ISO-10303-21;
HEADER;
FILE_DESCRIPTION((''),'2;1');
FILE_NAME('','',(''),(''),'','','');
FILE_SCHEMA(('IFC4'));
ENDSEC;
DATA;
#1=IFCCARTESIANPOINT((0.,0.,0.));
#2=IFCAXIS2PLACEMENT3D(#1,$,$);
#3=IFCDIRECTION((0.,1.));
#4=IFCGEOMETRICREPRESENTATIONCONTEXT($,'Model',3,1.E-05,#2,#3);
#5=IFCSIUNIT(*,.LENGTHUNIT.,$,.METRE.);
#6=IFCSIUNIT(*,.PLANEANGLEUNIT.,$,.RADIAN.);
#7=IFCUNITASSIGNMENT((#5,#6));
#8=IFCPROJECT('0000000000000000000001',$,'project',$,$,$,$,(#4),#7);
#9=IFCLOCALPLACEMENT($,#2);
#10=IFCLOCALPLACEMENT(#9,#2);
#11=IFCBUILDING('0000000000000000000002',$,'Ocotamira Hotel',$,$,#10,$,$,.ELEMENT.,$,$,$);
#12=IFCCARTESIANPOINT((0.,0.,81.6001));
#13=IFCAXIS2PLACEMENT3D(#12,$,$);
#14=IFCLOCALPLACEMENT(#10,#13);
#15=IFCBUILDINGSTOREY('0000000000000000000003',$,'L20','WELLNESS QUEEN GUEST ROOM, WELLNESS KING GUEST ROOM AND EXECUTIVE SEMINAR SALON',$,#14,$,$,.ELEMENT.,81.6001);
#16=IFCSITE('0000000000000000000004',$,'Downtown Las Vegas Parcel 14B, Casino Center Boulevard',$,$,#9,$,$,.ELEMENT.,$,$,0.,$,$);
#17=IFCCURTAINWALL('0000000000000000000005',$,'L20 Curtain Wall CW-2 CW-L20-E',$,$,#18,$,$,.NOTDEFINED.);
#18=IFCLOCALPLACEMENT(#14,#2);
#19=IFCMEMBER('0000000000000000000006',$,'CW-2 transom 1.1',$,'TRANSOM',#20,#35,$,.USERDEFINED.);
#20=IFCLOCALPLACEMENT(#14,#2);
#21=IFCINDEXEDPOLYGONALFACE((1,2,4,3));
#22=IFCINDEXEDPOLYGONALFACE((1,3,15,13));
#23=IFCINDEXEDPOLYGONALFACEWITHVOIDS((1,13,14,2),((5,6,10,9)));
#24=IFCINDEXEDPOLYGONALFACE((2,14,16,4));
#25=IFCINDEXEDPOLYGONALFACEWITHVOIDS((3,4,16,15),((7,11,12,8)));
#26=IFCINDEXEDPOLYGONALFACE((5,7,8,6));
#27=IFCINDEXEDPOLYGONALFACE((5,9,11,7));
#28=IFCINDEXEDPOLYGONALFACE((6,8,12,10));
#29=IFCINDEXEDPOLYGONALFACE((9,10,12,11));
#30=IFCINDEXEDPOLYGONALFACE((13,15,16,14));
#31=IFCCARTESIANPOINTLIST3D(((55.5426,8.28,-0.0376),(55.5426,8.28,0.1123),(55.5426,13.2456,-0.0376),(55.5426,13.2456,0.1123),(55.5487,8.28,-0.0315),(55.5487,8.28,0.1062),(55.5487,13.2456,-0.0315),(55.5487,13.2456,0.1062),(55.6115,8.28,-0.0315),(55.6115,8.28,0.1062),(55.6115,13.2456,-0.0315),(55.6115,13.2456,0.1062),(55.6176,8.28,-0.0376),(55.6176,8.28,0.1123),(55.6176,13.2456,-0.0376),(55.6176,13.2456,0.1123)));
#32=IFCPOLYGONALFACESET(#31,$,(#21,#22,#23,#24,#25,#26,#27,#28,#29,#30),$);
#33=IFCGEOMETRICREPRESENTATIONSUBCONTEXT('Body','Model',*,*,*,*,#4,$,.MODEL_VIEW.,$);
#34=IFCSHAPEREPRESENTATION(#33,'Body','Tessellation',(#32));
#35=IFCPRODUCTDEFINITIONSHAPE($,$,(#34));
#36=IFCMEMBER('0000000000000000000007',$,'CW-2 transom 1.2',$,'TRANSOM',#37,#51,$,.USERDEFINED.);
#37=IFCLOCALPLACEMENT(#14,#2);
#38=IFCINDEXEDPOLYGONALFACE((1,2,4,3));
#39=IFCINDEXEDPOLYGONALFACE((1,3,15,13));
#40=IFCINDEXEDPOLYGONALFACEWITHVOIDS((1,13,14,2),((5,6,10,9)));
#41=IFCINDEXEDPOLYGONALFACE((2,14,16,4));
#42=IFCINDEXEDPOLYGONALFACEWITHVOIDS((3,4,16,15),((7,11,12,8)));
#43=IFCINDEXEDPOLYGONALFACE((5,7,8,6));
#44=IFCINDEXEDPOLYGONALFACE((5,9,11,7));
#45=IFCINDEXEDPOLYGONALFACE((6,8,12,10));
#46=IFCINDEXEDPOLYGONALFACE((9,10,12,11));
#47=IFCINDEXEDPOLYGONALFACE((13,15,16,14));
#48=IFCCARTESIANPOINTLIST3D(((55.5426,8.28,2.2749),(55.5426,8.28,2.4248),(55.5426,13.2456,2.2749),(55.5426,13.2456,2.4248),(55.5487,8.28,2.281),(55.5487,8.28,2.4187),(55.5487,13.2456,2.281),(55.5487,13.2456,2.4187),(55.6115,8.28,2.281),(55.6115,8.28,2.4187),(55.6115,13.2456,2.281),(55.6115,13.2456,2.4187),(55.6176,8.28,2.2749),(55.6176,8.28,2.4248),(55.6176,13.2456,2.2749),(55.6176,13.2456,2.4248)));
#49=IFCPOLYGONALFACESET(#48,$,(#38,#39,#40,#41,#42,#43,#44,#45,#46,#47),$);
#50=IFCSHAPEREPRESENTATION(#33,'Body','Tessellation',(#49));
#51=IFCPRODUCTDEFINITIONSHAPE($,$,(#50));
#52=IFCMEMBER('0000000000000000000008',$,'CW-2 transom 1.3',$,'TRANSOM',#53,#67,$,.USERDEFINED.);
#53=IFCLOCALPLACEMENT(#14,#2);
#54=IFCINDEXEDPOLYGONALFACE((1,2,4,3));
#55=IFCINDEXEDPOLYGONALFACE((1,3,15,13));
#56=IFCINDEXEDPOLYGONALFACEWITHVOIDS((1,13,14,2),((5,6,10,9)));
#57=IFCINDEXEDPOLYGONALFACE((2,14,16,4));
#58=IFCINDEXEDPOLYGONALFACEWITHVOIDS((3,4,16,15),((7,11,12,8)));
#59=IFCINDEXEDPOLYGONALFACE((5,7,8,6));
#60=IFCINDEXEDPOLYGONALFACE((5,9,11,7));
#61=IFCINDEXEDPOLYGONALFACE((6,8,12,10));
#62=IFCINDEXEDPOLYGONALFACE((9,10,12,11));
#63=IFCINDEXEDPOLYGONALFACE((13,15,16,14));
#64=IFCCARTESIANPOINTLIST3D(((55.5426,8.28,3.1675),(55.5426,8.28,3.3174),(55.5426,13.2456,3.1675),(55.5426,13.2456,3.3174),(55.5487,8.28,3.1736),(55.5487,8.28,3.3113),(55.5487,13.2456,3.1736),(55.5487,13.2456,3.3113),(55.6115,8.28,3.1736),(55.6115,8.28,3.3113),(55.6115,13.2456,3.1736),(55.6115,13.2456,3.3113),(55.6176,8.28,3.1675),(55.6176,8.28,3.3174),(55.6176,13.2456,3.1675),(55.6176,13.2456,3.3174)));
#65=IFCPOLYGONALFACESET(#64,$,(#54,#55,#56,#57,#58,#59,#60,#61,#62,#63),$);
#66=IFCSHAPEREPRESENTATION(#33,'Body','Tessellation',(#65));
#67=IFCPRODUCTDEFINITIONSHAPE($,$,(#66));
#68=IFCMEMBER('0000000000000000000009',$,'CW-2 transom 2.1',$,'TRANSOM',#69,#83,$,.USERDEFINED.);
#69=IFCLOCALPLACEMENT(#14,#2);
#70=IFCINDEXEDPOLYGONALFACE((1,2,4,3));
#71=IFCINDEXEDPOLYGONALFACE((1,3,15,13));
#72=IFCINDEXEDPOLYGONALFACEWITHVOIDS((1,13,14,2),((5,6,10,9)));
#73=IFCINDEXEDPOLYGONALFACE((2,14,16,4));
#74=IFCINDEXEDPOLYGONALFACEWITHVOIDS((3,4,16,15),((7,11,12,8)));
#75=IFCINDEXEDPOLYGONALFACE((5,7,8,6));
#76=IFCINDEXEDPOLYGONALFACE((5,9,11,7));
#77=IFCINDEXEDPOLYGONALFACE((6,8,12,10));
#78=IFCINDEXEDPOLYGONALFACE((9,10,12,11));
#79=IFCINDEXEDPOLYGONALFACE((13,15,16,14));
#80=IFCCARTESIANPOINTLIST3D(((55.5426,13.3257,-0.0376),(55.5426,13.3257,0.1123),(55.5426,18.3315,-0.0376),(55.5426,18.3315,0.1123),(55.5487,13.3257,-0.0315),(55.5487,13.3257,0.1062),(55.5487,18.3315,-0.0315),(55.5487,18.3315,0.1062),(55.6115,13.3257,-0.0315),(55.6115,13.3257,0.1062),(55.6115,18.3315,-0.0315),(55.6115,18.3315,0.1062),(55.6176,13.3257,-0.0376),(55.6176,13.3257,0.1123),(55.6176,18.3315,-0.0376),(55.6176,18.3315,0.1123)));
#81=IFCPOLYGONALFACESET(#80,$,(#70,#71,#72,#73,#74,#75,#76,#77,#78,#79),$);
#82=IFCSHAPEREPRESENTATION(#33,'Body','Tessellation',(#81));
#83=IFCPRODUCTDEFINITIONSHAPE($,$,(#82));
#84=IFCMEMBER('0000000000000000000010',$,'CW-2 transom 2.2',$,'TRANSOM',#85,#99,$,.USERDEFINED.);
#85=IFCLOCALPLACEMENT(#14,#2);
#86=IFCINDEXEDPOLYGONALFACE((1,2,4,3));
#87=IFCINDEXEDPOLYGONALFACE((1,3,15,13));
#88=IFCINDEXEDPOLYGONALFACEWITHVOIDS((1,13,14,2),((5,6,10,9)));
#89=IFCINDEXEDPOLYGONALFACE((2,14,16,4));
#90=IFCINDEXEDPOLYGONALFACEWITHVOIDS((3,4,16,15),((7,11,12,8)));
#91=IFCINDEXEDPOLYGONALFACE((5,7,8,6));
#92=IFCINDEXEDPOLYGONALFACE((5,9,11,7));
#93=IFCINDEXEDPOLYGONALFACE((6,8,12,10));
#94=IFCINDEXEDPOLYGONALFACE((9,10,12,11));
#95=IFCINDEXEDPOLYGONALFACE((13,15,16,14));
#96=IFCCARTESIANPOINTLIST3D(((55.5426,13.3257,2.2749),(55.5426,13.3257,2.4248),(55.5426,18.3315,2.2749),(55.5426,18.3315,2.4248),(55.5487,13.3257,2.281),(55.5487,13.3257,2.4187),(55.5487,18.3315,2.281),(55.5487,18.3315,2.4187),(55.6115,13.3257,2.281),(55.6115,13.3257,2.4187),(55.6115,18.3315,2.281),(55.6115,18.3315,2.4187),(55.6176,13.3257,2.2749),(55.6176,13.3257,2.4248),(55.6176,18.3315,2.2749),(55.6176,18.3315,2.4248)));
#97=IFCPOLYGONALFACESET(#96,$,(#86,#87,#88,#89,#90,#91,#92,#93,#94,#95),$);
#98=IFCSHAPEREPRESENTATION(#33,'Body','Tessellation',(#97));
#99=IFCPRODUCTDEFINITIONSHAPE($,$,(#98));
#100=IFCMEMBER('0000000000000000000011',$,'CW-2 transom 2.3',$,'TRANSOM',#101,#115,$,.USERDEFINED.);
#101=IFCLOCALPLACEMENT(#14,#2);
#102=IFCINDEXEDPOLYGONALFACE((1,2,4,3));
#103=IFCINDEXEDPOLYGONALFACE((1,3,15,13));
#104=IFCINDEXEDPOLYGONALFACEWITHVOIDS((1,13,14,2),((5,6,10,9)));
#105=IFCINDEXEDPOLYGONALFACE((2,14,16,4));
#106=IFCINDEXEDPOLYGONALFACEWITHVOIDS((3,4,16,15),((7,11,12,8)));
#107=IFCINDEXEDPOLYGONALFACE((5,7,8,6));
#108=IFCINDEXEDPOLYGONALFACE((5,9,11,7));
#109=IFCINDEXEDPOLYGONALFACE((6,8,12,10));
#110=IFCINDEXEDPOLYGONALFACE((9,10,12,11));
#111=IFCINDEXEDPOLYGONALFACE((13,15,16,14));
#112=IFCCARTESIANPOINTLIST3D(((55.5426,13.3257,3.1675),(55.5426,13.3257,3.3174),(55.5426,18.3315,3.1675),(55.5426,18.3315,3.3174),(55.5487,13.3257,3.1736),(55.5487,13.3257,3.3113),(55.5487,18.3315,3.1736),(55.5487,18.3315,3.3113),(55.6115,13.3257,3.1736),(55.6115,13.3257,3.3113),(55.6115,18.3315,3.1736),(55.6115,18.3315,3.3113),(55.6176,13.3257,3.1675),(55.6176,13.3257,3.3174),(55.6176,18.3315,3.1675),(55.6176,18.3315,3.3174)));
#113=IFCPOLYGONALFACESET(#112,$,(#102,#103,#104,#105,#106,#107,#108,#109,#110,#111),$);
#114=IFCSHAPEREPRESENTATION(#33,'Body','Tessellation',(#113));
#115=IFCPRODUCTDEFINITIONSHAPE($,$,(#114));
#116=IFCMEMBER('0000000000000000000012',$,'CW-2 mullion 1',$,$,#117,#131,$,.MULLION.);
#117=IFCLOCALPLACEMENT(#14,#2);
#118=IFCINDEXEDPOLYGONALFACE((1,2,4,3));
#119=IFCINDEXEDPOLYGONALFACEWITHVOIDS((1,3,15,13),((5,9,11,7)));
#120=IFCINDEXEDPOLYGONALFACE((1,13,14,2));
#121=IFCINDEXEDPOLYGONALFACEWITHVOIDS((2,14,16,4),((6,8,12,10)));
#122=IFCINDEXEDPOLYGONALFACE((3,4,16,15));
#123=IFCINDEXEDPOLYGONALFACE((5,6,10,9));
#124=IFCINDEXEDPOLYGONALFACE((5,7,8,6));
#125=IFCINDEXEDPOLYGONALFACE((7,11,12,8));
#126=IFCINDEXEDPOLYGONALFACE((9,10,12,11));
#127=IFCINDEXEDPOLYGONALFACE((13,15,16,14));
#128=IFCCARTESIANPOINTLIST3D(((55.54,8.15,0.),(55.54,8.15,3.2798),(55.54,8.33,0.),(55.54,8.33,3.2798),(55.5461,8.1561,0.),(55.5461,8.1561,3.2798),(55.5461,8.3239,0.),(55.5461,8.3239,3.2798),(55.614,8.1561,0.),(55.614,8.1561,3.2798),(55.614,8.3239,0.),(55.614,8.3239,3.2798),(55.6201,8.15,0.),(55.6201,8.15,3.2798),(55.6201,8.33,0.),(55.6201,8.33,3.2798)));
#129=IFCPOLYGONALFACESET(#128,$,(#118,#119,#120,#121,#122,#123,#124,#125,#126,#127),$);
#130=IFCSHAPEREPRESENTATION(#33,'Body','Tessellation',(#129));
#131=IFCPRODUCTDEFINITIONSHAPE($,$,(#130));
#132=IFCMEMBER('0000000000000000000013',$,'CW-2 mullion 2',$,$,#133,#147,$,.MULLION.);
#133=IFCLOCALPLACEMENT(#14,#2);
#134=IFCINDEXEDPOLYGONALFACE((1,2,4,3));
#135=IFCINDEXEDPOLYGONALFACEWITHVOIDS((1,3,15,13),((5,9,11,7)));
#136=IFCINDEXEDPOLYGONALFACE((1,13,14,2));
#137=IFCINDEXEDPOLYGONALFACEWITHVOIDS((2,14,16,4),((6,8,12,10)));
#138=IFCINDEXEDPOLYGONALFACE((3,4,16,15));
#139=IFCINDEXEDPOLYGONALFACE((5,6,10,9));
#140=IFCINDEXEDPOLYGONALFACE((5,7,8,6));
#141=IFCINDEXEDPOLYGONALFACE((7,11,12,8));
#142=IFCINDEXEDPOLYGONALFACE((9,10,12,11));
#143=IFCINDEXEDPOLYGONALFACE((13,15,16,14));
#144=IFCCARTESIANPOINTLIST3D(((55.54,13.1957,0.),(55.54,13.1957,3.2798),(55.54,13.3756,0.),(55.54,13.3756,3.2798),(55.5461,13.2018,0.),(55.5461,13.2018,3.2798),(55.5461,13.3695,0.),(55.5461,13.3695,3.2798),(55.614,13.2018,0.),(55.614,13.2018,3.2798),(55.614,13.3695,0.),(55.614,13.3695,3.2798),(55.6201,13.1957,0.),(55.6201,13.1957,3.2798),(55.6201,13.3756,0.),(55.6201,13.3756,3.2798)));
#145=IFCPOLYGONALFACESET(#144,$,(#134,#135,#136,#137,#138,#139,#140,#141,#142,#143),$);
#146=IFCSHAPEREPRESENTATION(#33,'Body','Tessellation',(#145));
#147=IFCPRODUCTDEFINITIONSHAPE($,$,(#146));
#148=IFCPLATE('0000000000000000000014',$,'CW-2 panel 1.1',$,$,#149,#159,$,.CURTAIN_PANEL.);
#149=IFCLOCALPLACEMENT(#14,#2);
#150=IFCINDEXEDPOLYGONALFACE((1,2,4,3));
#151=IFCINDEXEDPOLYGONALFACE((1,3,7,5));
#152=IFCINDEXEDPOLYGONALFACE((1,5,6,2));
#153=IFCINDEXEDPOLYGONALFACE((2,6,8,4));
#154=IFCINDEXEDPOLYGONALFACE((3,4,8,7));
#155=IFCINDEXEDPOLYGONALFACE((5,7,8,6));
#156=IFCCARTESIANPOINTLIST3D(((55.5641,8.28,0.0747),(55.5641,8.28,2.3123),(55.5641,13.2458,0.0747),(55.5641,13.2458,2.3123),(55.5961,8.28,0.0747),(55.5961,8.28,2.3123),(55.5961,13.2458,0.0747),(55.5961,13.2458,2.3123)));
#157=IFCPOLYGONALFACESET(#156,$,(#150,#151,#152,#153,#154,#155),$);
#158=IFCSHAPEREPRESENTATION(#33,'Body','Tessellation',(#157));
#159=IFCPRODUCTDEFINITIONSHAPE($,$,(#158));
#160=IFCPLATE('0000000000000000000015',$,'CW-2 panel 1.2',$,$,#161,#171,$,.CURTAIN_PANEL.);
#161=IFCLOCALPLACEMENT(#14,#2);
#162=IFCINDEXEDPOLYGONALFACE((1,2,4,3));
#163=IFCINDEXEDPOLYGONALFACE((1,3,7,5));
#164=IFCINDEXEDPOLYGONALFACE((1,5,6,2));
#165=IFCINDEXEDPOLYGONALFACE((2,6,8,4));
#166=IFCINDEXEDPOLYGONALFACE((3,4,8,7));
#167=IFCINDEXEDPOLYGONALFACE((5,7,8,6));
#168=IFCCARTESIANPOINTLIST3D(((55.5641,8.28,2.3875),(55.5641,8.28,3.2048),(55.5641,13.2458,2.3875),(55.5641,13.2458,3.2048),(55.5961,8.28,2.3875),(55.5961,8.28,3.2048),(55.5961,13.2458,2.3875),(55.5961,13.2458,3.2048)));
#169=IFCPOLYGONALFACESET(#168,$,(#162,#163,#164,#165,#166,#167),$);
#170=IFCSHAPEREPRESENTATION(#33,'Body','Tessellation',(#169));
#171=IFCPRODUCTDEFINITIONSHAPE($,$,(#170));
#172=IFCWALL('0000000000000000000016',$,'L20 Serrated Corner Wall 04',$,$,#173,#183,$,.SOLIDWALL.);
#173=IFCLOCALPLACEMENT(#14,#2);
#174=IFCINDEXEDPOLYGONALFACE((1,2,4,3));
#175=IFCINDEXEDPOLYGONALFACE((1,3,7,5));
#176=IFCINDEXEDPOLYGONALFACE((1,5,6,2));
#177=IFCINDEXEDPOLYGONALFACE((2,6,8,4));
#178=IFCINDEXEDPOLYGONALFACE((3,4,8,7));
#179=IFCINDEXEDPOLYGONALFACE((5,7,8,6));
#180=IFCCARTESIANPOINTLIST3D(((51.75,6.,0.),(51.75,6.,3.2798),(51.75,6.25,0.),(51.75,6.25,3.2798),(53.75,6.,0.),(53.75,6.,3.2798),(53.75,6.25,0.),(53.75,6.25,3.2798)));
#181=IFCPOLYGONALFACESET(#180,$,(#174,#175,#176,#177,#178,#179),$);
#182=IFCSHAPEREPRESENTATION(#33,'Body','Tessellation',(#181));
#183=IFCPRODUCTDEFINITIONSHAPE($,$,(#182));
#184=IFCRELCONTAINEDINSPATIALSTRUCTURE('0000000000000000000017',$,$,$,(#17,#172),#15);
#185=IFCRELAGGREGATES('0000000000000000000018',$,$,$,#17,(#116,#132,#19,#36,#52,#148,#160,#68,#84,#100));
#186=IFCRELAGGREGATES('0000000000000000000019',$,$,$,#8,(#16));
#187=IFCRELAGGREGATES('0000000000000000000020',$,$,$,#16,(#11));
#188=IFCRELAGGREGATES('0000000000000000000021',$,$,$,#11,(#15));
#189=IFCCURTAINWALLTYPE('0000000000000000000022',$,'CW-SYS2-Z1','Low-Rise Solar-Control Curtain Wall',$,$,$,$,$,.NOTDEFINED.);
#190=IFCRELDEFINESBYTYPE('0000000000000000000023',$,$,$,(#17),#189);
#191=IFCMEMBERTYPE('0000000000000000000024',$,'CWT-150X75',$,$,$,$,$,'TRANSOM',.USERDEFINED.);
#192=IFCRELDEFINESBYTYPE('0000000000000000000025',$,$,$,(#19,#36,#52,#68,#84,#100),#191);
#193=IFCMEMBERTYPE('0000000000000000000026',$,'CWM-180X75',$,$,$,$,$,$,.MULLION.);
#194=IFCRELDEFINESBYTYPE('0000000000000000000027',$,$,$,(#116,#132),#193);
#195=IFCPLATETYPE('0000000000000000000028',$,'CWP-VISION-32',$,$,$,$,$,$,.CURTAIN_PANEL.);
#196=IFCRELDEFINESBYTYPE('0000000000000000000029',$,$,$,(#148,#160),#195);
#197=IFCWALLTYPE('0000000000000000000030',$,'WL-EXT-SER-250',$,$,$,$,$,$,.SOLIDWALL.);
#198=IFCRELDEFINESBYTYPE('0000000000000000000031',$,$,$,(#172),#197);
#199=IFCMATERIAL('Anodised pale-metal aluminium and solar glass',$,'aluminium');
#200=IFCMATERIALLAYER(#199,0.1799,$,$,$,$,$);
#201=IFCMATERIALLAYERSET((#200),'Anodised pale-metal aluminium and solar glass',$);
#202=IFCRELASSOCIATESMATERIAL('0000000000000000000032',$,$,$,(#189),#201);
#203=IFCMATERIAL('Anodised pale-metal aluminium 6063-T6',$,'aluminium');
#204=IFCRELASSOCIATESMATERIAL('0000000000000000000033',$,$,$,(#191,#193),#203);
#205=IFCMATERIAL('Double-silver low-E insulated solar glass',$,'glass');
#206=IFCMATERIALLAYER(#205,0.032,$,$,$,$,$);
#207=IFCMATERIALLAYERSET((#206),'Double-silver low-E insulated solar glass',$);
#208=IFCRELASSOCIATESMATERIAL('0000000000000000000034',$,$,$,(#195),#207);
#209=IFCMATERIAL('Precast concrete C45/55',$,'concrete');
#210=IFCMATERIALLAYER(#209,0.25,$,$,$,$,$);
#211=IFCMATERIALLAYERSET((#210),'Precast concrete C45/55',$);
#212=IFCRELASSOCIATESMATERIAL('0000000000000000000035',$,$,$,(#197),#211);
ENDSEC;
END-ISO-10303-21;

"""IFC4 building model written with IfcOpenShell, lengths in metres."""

from ifc_helpers import new_model, si_unit, direction, frame, frame_2d, origin, origin_2d, place, context, subcontext, project, spatial, rectangle, hollow_rectangle, extrude, source, transform, mapped, material, layer, layer_set, material_profile, profile_set, type_object, element, aggregate, save


model = new_model("IFC4")

# Units and contexts
model_context = context("Model", 3, precision=1e-05, world=origin(), true_north=direction((0.0, 1.0)))
body_context = subcontext(model_context, "Body", "Model", "MODEL_VIEW")
ifc_project = project(units=[si_unit("LENGTHUNIT", "METRE"), si_unit("PLANEANGLEUNIT", "RADIAN")], contexts=[model_context])

# Site, building, storey
site_placement = place(None, origin())
site = spatial("IfcSite", under=ifc_project, at=site_placement, Name="Downtown Las Vegas Parcel 14B, Casino Center Boulevard", CompositionType="ELEMENT", RefElevation=0.0)
building_placement = place(site_placement, origin())
building = spatial("IfcBuilding", under=site, at=building_placement, Name="Ocotamira Hotel", CompositionType="ELEMENT")
storey_placement = place(building_placement, frame((0.0, 0.0, 81.6001)))
storey = spatial("IfcBuildingStorey", under=building, at=storey_placement, Name="L20", Description="WELLNESS QUEEN GUEST ROOM, WELLNESS KING GUEST ROOM AND EXECUTIVE SEMINAR SALON", CompositionType="ELEMENT", Elevation=81.6001)

# Curtain wall, members, plates
ifc_material_1 = material(Name="Anodised pale-metal aluminium and solar glass", Category="aluminium")
ifc_layer_1 = layer(ifc_material_1, 0.1799)
ifc_layer_set_1 = layer_set([ifc_layer_1], Name="Anodised pale-metal aluminium and solar glass")
curtain_wall_type = type_object("IfcCurtainWallType", Name="CW-SYS2-Z1", Description="Low-Rise Solar-Control Curtain Wall", PredefinedType="NOTDEFINED", material=ifc_layer_set_1)
curtain_wall_placement = place(storey_placement, origin())
curtain_wall = element("IfcCurtainWall", 1, at=curtain_wall_placement, inside=storey, type_object=curtain_wall_type, Name="L20 Curtain Wall CW-2 CW-L20-E", PredefinedType="NOTDEFINED")
ifc_material_2 = material(Name="Anodised pale-metal aluminium 6063-T6", Category="aluminium")
ifc_material_profile_1 = material_profile(ifc_material_2, hollow_rectangle(XDim=0.075, YDim=0.1499, WallThickness=0.0061, at=origin_2d()), Name="HSS150X75X6")
ifc_profile_set_1 = profile_set([ifc_material_profile_1], Name="Anodised pale-metal aluminium 6063-T6")
member_type_1 = type_object("IfcMemberType", Name="CWT-150X75", ElementType="TRANSOM", PredefinedType="USERDEFINED", material=ifc_profile_set_1)
shared_shape_1 = source(origin(), body_context, "Body", "SweptSolid", [
    extrude(hollow_rectangle(XDim=0.075, YDim=0.1499, WallThickness=0.0061, at=origin_2d()), origin(), (0.0, 0.0, 1.0), 4.9656),
])
member_1_placement = place(storey_placement, frame((55.5801, 8.28, 0.0374), z_axis=(0.0, 1.0, 0.0), x_axis=(-1.0, 0.0, 0.0)))
member_1 = element("IfcMember", 2, at=member_1_placement, type_object=member_type_1, Name="CW-2 transom 1.1", ObjectType="TRANSOM", PredefinedType="USERDEFINED", context=body_context, shape_type="MappedRepresentation", body=[
    mapped(shared_shape_1, transform((0.0, 0.0, 0.0), scale=1.0)),
])
member_2_placement = place(storey_placement, frame((55.5801, 8.28, 2.3499), z_axis=(0.0, 1.0, 0.0), x_axis=(-1.0, 0.0, 0.0)))
member_2 = element("IfcMember", 3, at=member_2_placement, type_object=member_type_1, Name="CW-2 transom 1.2", ObjectType="TRANSOM", PredefinedType="USERDEFINED", context=body_context, shape_type="MappedRepresentation", body=[
    mapped(shared_shape_1, transform((0.0, 0.0, 0.0), scale=1.0)),
])
member_3_placement = place(storey_placement, frame((55.5801, 8.28, 3.2424), z_axis=(0.0, 1.0, 0.0), x_axis=(-1.0, 0.0, 0.0)))
member_3 = element("IfcMember", 4, at=member_3_placement, type_object=member_type_1, Name="CW-2 transom 1.3", ObjectType="TRANSOM", PredefinedType="USERDEFINED", context=body_context, shape_type="MappedRepresentation", body=[
    mapped(shared_shape_1, transform((0.0, 0.0, 0.0), scale=1.0)),
])
shared_shape_2 = source(origin(), body_context, "Body", "SweptSolid", [
    extrude(hollow_rectangle(XDim=0.075, YDim=0.1499, WallThickness=0.0061, at=origin_2d()), origin(), (0.0, 0.0, 1.0), 5.0059),
])
member_4_placement = place(storey_placement, frame((55.5801, 13.3257, 0.0374), z_axis=(0.0, 1.0, 0.0), x_axis=(-1.0, 0.0, 0.0)))
member_4 = element("IfcMember", 5, at=member_4_placement, type_object=member_type_1, Name="CW-2 transom 2.1", ObjectType="TRANSOM", PredefinedType="USERDEFINED", context=body_context, shape_type="MappedRepresentation", body=[
    mapped(shared_shape_2, transform((0.0, 0.0, 0.0), scale=1.0)),
])
member_5_placement = place(storey_placement, frame((55.5801, 13.3257, 2.3499), z_axis=(0.0, 1.0, 0.0), x_axis=(-1.0, 0.0, 0.0)))
member_5 = element("IfcMember", 6, at=member_5_placement, type_object=member_type_1, Name="CW-2 transom 2.2", ObjectType="TRANSOM", PredefinedType="USERDEFINED", context=body_context, shape_type="MappedRepresentation", body=[
    mapped(shared_shape_2, transform((0.0, 0.0, 0.0), scale=1.0)),
])
member_6_placement = place(storey_placement, frame((55.5801, 13.3257, 3.2424), z_axis=(0.0, 1.0, 0.0), x_axis=(-1.0, 0.0, 0.0)))
member_6 = element("IfcMember", 7, at=member_6_placement, type_object=member_type_1, Name="CW-2 transom 2.3", ObjectType="TRANSOM", PredefinedType="USERDEFINED", context=body_context, shape_type="MappedRepresentation", body=[
    mapped(shared_shape_2, transform((0.0, 0.0, 0.0), scale=1.0)),
])
ifc_material_profile_2 = material_profile(ifc_material_2, hollow_rectangle(XDim=0.0801, YDim=0.1799, WallThickness=0.0061, at=origin_2d()), Name="HSS180X80X6")
ifc_profile_set_2 = profile_set([ifc_material_profile_2], Name="Anodised pale-metal aluminium 6063-T6")
member_type_2 = type_object("IfcMemberType", Name="CWM-180X75", PredefinedType="MULLION", material=ifc_profile_set_2)
shared_shape_3 = source(origin(), body_context, "Body", "SweptSolid", [
    extrude(hollow_rectangle(XDim=0.0801, YDim=0.1799, WallThickness=0.0061, at=origin_2d()), origin(), (0.0, 0.0, 1.0), 3.2798),
])
member_7_placement = place(storey_placement, frame((55.5801, 8.24, 0.0), z_axis=(0.0, 0.0, 1.0), x_axis=(-1.0, 0.0, 0.0)))
member_7 = element("IfcMember", 8, at=member_7_placement, type_object=member_type_2, Name="CW-2 mullion 1", PredefinedType="MULLION", context=body_context, shape_type="MappedRepresentation", body=[
    mapped(shared_shape_3, transform((0.0, 0.0, 0.0), scale=1.0)),
])
member_8_placement = place(storey_placement, frame((55.5801, 13.2856, 0.0), z_axis=(0.0, 0.0, 1.0), x_axis=(-1.0, 0.0, 0.0)))
member_8 = element("IfcMember", 9, at=member_8_placement, type_object=member_type_2, Name="CW-2 mullion 2", PredefinedType="MULLION", context=body_context, shape_type="MappedRepresentation", body=[
    mapped(shared_shape_3, transform((0.0, 0.0, 0.0), scale=1.0)),
])
ifc_material_3 = material(Name="Double-silver low-E insulated solar glass", Category="glass")
ifc_layer_2 = layer(ifc_material_3, 0.032)
ifc_layer_set_2 = layer_set([ifc_layer_2], Name="Double-silver low-E insulated solar glass")
plate_type = type_object("IfcPlateType", Name="CWP-VISION-32", PredefinedType="CURTAIN_PANEL", material=ifc_layer_set_2)
shared_shape_4 = source(origin(), body_context, "Body", "SweptSolid", [
    extrude(rectangle(XDim=4.9658, YDim=0.032, at=origin_2d()), origin(), (0.0, 0.0, 1.0), 2.2375),
])
plate_1_placement = place(storey_placement, frame((55.5801, 10.7629, 0.0747), z_axis=(0.0, 0.0, 1.0), x_axis=(0.0, 1.0, 0.0)))
plate_1 = element("IfcPlate", 10, at=plate_1_placement, type_object=plate_type, Name="CW-2 panel 1.1", PredefinedType="CURTAIN_PANEL", context=body_context, shape_type="MappedRepresentation", body=[
    mapped(shared_shape_4, transform((0.0, 0.0, 0.0), scale=1.0)),
])
shared_shape_5 = source(origin(), body_context, "Body", "SweptSolid", [
    extrude(rectangle(XDim=4.9658, YDim=0.032, at=origin_2d()), origin(), (0.0, 0.0, 1.0), 0.8174),
])
plate_2_placement = place(storey_placement, frame((55.5801, 10.7629, 2.3875), z_axis=(0.0, 0.0, 1.0), x_axis=(0.0, 1.0, 0.0)))
plate_2 = element("IfcPlate", 11, at=plate_2_placement, type_object=plate_type, Name="CW-2 panel 1.2", PredefinedType="CURTAIN_PANEL", context=body_context, shape_type="MappedRepresentation", body=[
    mapped(shared_shape_5, transform((0.0, 0.0, 0.0), scale=1.0)),
])
aggregate(curtain_wall, [member_7, member_8, member_1, member_2, member_3, plate_1, plate_2, member_4, member_5, member_6])

# Wall
ifc_material_4 = material(Name="Precast concrete C45/55", Category="concrete")
ifc_layer_3 = layer(ifc_material_4, 0.25)
ifc_layer_set_3 = layer_set([ifc_layer_3], Name="Precast concrete C45/55")
wall_type_1 = type_object("IfcWallType", Name="WL-EXT-SER-250", PredefinedType="SOLIDWALL", material=ifc_layer_set_3)
wall_1_placement = place(storey_placement, frame((51.75, 6.125, 0.0), z_axis=(0.0, 0.0, 1.0), x_axis=(1.0, 0.0, 0.0)))
element("IfcWall", 12, at=wall_1_placement, inside=storey, type_object=wall_type_1, Name="L20 Serrated Corner Wall 04", PredefinedType="SOLIDWALL", context=body_context, shape_type="SweptSolid", body=[
    extrude(rectangle(XDim=2.0, YDim=0.25, at=frame_2d((1.0, 0.0))), origin(), (0.0, 0.0, 1.0), 3.2798),
])

save(model, "model.ifc")
